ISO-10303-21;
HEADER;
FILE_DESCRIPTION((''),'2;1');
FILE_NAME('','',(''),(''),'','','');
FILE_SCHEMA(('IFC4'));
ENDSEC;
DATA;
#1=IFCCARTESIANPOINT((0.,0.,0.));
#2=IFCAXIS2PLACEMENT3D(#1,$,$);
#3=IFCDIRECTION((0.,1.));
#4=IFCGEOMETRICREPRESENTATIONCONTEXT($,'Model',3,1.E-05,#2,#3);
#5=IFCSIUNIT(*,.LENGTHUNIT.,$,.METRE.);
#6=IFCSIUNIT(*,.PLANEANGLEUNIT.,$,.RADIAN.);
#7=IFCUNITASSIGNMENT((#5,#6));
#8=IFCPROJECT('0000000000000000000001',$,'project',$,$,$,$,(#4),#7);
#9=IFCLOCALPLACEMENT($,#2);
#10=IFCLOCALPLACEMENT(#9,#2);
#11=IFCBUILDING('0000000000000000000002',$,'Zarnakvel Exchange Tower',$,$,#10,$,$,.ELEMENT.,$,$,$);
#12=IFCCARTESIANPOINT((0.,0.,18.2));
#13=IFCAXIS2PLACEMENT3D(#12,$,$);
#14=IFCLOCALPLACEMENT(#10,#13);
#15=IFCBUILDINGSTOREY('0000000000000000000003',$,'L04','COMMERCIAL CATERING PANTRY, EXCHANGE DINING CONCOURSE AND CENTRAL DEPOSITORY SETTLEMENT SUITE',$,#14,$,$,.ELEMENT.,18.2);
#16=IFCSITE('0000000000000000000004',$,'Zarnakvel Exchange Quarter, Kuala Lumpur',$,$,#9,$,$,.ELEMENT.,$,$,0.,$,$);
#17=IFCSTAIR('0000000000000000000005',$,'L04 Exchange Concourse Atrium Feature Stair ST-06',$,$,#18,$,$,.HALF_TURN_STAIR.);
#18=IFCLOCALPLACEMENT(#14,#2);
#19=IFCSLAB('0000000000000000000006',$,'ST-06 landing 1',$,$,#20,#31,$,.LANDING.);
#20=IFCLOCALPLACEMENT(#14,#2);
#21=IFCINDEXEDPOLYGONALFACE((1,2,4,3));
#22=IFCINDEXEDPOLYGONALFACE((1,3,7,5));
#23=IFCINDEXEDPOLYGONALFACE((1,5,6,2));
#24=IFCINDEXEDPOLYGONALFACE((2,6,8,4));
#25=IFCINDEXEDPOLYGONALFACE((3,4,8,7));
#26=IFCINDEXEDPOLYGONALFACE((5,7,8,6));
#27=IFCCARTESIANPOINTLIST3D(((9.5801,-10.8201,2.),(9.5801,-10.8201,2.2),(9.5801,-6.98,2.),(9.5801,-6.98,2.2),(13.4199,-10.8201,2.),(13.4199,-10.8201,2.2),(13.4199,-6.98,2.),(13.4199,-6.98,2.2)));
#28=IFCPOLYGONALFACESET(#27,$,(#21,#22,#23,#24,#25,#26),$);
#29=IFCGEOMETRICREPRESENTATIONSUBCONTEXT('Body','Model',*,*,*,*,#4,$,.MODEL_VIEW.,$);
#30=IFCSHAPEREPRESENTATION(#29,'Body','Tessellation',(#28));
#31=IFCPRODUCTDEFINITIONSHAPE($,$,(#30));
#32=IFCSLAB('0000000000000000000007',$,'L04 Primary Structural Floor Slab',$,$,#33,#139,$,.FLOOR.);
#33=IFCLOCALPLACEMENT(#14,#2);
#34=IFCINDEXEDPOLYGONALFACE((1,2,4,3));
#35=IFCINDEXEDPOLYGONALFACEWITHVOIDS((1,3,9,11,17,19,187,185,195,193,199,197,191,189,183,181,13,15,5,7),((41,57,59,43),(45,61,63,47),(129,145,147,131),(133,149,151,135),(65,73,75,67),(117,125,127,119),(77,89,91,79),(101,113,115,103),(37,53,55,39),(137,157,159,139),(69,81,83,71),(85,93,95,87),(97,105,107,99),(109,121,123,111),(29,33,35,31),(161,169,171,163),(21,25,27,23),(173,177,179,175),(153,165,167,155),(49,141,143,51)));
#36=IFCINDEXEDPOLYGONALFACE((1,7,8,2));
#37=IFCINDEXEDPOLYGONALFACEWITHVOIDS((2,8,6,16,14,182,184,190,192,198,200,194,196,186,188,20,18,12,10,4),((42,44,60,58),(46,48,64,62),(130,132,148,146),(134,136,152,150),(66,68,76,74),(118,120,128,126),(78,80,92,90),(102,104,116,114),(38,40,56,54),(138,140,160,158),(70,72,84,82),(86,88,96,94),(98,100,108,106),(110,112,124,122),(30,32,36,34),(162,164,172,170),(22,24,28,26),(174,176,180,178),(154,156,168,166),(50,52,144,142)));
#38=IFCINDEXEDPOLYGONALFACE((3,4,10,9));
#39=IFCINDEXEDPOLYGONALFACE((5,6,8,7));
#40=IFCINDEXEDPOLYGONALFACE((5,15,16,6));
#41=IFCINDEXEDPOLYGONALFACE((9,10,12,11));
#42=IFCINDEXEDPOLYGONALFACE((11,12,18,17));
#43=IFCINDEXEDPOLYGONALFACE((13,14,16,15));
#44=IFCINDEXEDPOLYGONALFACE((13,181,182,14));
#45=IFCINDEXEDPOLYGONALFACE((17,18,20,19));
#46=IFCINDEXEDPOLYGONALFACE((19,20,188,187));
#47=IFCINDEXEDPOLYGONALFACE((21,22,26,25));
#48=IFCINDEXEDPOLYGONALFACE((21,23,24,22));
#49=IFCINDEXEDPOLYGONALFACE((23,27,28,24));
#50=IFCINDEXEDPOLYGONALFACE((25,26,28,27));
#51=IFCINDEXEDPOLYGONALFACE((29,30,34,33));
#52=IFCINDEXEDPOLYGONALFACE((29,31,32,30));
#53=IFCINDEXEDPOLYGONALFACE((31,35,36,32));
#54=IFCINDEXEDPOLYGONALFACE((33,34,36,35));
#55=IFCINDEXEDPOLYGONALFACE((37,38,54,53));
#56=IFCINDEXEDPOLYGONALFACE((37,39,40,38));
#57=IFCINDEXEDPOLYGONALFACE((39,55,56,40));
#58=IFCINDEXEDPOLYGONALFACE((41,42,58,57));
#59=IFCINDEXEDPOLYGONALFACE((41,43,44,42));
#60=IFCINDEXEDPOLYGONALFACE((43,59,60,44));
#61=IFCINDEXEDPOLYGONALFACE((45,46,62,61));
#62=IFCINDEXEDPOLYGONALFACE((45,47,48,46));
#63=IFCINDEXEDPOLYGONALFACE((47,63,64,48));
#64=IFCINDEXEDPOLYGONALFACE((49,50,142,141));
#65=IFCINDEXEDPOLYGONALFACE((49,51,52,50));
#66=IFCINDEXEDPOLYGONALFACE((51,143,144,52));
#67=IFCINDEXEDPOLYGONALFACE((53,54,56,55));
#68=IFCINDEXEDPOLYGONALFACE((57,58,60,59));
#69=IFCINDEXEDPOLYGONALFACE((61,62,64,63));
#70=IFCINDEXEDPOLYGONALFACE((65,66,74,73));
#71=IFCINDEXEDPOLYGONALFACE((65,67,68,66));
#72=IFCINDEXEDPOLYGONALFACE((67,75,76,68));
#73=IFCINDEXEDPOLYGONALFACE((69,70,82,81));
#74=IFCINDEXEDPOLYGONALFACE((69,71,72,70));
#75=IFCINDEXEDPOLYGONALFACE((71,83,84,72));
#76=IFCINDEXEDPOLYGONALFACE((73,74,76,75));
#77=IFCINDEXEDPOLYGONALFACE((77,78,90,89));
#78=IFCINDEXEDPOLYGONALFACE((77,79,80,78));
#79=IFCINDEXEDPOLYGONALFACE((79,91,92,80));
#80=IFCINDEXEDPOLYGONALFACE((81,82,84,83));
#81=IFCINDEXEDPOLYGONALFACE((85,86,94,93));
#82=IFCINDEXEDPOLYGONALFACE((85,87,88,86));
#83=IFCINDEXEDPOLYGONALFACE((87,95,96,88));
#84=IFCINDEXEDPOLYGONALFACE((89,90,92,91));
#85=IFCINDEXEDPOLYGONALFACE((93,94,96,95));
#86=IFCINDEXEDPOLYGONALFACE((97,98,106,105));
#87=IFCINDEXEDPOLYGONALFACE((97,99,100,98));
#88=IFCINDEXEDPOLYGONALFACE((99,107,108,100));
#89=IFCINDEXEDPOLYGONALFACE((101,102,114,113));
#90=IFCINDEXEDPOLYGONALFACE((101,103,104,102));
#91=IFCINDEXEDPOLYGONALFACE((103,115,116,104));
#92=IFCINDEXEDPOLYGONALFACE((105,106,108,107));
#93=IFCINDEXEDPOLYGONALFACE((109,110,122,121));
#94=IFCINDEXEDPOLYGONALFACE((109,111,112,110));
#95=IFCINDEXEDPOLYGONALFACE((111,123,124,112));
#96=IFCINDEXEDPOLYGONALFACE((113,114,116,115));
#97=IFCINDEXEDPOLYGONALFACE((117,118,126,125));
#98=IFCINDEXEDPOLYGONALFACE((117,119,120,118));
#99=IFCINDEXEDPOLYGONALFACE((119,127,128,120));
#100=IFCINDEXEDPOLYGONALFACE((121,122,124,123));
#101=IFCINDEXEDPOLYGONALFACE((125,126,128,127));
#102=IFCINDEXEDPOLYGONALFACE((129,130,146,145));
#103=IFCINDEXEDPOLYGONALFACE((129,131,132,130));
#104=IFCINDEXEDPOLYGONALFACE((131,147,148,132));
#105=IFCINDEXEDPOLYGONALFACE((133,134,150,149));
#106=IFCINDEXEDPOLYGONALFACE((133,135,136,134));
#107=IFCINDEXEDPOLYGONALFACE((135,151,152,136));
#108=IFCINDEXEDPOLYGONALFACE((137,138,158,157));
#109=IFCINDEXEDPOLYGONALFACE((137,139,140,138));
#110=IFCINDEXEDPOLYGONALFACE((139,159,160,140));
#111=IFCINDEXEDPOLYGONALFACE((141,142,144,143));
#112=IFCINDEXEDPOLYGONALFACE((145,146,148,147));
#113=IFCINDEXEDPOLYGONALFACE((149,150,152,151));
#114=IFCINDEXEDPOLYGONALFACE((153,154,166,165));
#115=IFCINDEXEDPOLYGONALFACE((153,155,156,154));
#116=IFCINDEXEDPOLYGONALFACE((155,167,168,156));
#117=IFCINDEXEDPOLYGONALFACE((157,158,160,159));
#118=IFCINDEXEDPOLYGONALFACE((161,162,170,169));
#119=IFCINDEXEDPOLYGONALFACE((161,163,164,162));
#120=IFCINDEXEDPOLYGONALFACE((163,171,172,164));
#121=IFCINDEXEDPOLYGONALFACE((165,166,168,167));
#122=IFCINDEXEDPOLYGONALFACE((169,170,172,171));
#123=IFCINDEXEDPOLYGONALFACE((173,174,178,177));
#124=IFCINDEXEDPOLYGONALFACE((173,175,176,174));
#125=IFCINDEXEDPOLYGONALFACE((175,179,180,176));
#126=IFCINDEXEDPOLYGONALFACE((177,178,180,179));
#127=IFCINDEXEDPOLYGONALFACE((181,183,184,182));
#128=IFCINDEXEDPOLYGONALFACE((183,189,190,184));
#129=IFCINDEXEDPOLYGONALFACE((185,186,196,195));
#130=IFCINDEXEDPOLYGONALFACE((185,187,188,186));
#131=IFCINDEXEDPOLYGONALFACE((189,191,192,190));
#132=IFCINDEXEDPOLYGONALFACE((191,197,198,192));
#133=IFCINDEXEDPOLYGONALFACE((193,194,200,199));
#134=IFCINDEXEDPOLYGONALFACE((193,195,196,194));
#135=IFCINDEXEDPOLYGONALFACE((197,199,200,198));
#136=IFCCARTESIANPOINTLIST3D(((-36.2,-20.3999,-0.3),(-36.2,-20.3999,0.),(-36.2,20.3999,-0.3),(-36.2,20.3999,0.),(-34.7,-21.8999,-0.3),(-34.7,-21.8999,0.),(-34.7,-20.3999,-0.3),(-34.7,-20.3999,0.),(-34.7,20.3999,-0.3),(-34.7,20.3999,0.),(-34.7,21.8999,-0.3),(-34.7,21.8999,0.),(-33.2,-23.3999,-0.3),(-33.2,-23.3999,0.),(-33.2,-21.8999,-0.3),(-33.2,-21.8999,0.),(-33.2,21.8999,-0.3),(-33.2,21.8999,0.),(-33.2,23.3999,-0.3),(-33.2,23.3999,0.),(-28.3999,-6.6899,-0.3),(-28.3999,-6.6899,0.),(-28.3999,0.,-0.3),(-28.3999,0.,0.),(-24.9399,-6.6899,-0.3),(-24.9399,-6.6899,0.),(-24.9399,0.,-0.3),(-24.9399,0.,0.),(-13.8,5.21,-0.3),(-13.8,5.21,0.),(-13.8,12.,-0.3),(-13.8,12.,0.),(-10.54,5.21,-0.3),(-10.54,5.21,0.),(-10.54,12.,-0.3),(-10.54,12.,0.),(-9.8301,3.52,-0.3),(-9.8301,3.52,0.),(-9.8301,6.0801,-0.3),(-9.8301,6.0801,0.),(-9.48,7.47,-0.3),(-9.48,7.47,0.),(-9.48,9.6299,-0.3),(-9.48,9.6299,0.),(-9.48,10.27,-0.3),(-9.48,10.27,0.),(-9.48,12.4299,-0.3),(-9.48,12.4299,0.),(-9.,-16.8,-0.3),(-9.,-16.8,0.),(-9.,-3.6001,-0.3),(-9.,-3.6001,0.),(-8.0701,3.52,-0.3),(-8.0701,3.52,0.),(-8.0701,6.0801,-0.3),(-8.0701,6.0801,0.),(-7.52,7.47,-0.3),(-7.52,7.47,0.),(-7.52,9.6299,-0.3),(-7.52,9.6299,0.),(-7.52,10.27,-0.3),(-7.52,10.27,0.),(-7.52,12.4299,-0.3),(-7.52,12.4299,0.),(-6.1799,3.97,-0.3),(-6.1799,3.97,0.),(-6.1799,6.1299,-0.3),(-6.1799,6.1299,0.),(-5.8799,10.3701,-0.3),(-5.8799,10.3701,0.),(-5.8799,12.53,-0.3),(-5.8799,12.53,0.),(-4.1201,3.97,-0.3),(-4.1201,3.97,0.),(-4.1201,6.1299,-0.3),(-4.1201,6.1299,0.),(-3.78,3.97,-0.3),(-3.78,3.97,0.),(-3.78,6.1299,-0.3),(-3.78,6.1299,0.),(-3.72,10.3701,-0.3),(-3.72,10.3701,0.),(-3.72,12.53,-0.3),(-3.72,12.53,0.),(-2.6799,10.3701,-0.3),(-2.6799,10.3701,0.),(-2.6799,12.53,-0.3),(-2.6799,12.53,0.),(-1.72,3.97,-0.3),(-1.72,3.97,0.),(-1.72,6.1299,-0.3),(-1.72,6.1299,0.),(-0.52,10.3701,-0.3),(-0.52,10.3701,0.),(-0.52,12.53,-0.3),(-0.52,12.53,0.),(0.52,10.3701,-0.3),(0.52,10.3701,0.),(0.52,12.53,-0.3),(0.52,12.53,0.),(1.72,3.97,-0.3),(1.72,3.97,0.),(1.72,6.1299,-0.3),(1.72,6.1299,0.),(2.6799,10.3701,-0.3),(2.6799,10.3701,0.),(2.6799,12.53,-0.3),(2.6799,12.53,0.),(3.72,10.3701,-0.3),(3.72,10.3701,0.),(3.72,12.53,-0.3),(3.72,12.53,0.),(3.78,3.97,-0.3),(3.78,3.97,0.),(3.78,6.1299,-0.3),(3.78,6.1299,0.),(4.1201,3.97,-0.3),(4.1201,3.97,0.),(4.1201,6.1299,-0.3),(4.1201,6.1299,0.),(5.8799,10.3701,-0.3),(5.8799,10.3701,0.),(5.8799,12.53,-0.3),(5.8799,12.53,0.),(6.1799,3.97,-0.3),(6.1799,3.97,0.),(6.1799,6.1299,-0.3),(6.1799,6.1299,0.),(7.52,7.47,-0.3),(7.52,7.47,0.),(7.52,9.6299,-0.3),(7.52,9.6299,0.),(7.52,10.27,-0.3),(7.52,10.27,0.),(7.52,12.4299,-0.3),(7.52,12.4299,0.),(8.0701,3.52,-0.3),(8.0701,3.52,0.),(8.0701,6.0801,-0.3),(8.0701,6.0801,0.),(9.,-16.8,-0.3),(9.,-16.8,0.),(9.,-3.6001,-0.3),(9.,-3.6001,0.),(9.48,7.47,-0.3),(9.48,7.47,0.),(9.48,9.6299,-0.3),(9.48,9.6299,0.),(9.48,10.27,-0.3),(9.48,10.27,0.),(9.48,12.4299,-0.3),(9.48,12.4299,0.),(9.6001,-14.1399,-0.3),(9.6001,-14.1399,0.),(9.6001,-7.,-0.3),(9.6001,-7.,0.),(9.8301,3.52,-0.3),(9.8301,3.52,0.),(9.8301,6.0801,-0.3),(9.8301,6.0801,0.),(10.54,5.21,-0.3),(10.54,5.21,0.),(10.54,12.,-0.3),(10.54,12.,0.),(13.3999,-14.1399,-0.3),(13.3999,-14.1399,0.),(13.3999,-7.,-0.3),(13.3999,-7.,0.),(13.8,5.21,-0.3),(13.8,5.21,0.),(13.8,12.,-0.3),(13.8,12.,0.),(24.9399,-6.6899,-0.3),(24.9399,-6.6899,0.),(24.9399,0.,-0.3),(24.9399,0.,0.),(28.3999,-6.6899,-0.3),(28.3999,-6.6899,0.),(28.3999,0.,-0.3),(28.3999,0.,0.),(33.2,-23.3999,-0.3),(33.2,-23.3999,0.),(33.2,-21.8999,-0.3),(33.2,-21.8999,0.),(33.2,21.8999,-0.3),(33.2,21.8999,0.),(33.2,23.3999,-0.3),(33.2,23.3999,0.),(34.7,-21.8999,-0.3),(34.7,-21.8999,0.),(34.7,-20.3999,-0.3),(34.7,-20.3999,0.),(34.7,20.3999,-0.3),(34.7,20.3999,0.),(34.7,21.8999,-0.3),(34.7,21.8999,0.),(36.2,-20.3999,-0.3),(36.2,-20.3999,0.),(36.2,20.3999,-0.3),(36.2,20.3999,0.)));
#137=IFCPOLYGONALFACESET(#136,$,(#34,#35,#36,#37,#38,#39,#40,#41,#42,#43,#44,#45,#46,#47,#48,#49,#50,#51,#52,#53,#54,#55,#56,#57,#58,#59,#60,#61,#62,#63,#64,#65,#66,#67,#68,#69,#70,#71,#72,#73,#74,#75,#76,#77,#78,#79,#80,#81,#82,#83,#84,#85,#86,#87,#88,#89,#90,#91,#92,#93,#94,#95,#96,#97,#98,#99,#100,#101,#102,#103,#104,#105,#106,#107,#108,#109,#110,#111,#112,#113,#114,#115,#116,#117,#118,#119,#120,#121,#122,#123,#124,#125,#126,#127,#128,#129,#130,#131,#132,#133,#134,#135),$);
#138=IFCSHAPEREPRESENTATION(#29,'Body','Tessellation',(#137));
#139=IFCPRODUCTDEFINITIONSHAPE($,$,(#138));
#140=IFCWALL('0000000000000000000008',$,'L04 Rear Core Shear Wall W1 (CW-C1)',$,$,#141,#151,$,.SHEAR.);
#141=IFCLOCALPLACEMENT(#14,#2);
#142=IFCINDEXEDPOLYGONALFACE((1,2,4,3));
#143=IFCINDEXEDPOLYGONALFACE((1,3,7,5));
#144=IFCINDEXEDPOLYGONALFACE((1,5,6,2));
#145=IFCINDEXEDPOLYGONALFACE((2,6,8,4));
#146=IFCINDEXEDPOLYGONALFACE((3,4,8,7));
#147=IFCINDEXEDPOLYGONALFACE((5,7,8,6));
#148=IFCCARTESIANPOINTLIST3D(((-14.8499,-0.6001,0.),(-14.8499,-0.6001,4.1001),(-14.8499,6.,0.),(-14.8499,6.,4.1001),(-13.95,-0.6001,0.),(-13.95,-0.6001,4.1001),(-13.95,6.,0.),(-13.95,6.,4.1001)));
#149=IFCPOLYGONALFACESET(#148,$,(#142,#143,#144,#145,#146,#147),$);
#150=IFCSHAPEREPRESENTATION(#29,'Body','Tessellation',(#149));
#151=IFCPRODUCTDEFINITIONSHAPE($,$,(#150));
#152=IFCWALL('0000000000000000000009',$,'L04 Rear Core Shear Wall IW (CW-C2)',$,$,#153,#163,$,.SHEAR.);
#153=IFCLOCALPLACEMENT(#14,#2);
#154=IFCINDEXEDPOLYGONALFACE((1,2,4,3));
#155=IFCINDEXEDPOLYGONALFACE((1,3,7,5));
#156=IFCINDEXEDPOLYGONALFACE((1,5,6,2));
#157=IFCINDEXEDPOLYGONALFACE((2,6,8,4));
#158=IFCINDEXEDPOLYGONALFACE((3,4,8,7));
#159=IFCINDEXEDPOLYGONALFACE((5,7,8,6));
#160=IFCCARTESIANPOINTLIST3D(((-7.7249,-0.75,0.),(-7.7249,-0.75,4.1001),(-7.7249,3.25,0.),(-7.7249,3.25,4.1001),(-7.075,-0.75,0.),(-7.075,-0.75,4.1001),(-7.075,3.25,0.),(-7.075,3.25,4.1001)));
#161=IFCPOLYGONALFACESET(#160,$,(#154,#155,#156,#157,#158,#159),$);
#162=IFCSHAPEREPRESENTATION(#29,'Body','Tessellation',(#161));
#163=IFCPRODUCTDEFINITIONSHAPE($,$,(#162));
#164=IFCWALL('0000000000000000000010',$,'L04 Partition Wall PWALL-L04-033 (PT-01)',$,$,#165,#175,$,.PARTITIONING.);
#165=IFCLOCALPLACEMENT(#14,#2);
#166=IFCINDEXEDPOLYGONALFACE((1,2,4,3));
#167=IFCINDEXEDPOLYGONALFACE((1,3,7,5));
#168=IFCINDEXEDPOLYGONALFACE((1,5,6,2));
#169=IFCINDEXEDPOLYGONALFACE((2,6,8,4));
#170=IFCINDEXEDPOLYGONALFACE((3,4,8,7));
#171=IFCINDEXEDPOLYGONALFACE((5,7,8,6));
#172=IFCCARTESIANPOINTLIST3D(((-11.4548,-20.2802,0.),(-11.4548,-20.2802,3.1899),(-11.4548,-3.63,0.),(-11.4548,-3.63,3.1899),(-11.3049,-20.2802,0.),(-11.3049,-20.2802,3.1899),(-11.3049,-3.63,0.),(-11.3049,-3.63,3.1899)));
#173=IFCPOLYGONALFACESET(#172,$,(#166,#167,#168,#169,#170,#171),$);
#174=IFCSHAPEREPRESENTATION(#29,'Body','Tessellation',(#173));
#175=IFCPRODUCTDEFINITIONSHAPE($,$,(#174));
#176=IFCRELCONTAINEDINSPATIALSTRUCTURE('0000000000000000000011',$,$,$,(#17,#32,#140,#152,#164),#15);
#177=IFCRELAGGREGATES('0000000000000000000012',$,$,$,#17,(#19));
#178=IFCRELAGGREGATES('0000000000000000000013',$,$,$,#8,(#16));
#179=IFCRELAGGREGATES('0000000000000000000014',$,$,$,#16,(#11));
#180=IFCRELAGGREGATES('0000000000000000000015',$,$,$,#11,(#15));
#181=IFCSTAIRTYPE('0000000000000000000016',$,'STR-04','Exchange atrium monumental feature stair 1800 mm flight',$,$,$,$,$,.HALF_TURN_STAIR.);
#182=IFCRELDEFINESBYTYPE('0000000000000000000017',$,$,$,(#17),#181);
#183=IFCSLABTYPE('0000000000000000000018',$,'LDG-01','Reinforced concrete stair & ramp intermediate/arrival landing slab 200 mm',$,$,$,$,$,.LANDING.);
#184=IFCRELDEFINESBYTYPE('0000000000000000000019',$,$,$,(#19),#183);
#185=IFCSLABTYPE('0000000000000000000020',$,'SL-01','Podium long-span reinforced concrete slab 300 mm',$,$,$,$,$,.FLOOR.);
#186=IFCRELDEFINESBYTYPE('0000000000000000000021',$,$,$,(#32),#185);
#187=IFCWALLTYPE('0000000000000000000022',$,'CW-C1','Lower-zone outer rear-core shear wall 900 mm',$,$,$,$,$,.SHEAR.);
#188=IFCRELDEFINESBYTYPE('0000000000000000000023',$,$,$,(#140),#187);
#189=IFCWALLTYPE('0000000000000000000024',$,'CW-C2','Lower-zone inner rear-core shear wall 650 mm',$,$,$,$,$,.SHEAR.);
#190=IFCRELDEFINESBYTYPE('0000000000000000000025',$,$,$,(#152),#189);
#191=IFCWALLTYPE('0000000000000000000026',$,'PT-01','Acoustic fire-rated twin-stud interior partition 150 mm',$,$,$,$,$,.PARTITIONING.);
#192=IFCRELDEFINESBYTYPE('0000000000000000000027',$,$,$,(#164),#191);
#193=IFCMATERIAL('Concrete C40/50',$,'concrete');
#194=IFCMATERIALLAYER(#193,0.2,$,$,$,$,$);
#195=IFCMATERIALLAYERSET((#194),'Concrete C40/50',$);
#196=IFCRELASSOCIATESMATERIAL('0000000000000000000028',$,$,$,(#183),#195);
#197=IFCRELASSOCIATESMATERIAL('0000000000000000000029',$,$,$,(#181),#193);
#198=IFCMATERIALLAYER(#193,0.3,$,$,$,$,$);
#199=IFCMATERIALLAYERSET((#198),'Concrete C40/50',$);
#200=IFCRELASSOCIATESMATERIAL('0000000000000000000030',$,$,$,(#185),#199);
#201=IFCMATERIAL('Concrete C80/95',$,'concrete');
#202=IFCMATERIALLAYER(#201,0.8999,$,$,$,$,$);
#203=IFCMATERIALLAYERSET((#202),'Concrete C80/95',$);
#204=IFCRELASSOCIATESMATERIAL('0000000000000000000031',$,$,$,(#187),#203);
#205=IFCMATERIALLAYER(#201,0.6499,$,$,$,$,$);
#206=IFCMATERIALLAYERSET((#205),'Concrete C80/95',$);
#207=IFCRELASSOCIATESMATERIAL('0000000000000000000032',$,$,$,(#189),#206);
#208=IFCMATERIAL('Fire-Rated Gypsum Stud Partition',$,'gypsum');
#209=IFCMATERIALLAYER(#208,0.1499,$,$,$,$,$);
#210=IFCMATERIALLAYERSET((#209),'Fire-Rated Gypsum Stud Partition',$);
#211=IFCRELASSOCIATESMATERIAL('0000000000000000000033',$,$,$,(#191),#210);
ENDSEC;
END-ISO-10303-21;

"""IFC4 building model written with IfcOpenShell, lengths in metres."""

from ifc_helpers import new_model, si_unit, direction, frame, frame_2d, origin, place, context, subcontext, project, spatial, polyline, rectangle, outline, extrude, material, layer, layer_set, type_object, element, aggregate, save


model = new_model("IFC4")

# Units and contexts
model_context = context("Model", 3, precision=1e-05, world=origin(), true_north=direction((0.0, 1.0)))
body_context = subcontext(model_context, "Body", "Model", "MODEL_VIEW")
ifc_project = project(units=[si_unit("LENGTHUNIT", "METRE"), si_unit("PLANEANGLEUNIT", "RADIAN")], contexts=[model_context])

# Site, building, storey
site_placement = place(None, origin())
site = spatial("IfcSite", under=ifc_project, at=site_placement, Name="Zarnakvel Exchange Quarter, Kuala Lumpur", CompositionType="ELEMENT", RefElevation=0.0)
building_placement = place(site_placement, origin())
building = spatial("IfcBuilding", under=site, at=building_placement, Name="Zarnakvel Exchange Tower", CompositionType="ELEMENT")
storey_placement = place(building_placement, frame((0.0, 0.0, 18.2)))
storey = spatial("IfcBuildingStorey", under=building, at=storey_placement, Name="L04", Description="COMMERCIAL CATERING PANTRY, EXCHANGE DINING CONCOURSE AND CENTRAL DEPOSITORY SETTLEMENT SUITE", CompositionType="ELEMENT", Elevation=18.2)

# Shared definitions
ifc_material_1 = material(Name="Concrete C80/95", Category="concrete")

# Stair, slab
ifc_material_2 = material(Name="Concrete C40/50", Category="concrete")
ifc_layer_1 = layer(ifc_material_2, 0.2)
ifc_layer_set_1 = layer_set([ifc_layer_1], Name="Concrete C40/50")
slab_type_1 = type_object("IfcSlabType", Name="LDG-01", Description="Reinforced concrete stair & ramp intermediate/arrival landing slab 200 mm", PredefinedType="LANDING", material=ifc_layer_set_1)
stair_type_1 = type_object("IfcStairType", Name="STR-04", Description="Exchange atrium monumental feature stair 1800 mm flight", PredefinedType="HALF_TURN_STAIR", material=ifc_material_2)
stair_1_placement = place(storey_placement, origin())
stair_1 = element("IfcStair", 1, at=stair_1_placement, inside=storey, type_object=stair_type_1, Name="L04 Exchange Concourse Atrium Feature Stair ST-06", PredefinedType="HALF_TURN_STAIR")
slab_1_placement = place(storey_placement, frame((0.0, 0.0, 2.0)))
slab_1 = element("IfcSlab", 2, at=slab_1_placement, type_object=slab_type_1, Name="ST-06 landing 1", PredefinedType="LANDING", context=body_context, shape_type="SweptSolid", body=[
    extrude(outline(polyline([(9.5801, -10.8201), (13.4199, -10.8201), (13.4199, -6.98), (9.5801, -6.98), (9.5801, -10.8201)])), origin(), (0.0, 0.0, 1.0), 0.2),
])
aggregate(stair_1, [slab_1])

# Slab
ifc_layer_2 = layer(ifc_material_2, 0.3)
ifc_layer_set_2 = layer_set([ifc_layer_2], Name="Concrete C40/50")
slab_type_2 = type_object("IfcSlabType", Name="SL-01", Description="Podium long-span reinforced concrete slab 300 mm", PredefinedType="FLOOR", material=ifc_layer_set_2)
slab_2_placement = place(storey_placement, frame((0.0, 0.0, -0.3)))
element("IfcSlab", 3, at=slab_2_placement, inside=storey, type_object=slab_type_2, Name="L04 Primary Structural Floor Slab", PredefinedType="FLOOR", context=body_context, shape_type="SweptSolid", body=[
    extrude(outline(polyline([(-36.2, -20.3999), (-34.7, -20.3999), (-34.7, -21.8999), (-33.2, -21.8999), (-33.2, -23.3999), (33.2, -23.3999), (33.2, -21.8999), (34.7, -21.8999), (34.7, -20.3999), (36.2, -20.3999), (36.2, 20.3999), (34.7, 20.3999), (34.7, 21.8999), (33.2, 21.8999), (33.2, 23.3999), (-33.2, 23.3999), (-33.2, 21.8999), (-34.7, 21.8999), (-34.7, 20.3999), (-36.2, 20.3999), (-36.2, -20.3999)]), holes=[polyline([(-9.0, -16.8), (9.0, -16.8), (9.0, -3.6001), (-9.0, -3.6001), (-9.0, -16.8)]), polyline([(-13.8, 5.21), (-10.54, 5.21), (-10.54, 12.0), (-13.8, 12.0), (-13.8, 5.21)]), polyline([(10.54, 5.21), (13.8, 5.21), (13.8, 12.0), (10.54, 12.0), (10.54, 5.21)]), polyline([(-28.3999, -6.6899), (-24.9399, -6.6899), (-24.9399, 0.0), (-28.3999, 0.0), (-28.3999, -6.6899)]), polyline([(24.9399, -6.6899), (28.3999, -6.6899), (28.3999, 0.0), (24.9399, 0.0), (24.9399, -6.6899)]), polyline([(9.6001, -14.1399), (13.3999, -14.1399), (13.3999, -7.0), (9.6001, -7.0), (9.6001, -14.1399)]), polyline([(-9.8301, 3.52), (-8.0701, 3.52), (-8.0701, 6.0801), (-9.8301, 6.0801), (-9.8301, 3.52)]), polyline([(8.0701, 3.52), (9.8301, 3.52), (9.8301, 6.0801), (8.0701, 6.0801), (8.0701, 3.52)]), polyline([(-5.8799, 10.3701), (-3.72, 10.3701), (-3.72, 12.53), (-5.8799, 12.53), (-5.8799, 10.3701)]), polyline([(-2.6799, 10.3701), (-0.52, 10.3701), (-0.52, 12.53), (-2.6799, 12.53), (-2.6799, 10.3701)]), polyline([(0.52, 10.3701), (2.6799, 10.3701), (2.6799, 12.53), (0.52, 12.53), (0.52, 10.3701)]), polyline([(3.72, 10.3701), (5.8799, 10.3701), (5.8799, 12.53), (3.72, 12.53), (3.72, 10.3701)]), polyline([(-6.1799, 3.97), (-4.1201, 3.97), (-4.1201, 6.1299), (-6.1799, 6.1299), (-6.1799, 3.97)]), polyline([(-3.78, 3.97), (-1.72, 3.97), (-1.72, 6.1299), (-3.78, 6.1299), (-3.78, 3.97)]), polyline([(1.72, 3.97), (3.78, 3.97), (3.78, 6.1299), (1.72, 6.1299), (1.72, 3.97)]), polyline([(4.1201, 3.97), (6.1799, 3.97), (6.1799, 6.1299), (4.1201, 6.1299), (4.1201, 3.97)]), polyline([(-9.48, 7.47), (-7.52, 7.47), (-7.52, 9.6299), (-9.48, 9.6299), (-9.48, 7.47)]), polyline([(-9.48, 10.27), (-7.52, 10.27), (-7.52, 12.4299), (-9.48, 12.4299), (-9.48, 10.27)]), polyline([(7.52, 7.47), (9.48, 7.47), (9.48, 9.6299), (7.52, 9.6299), (7.52, 7.47)]), polyline([(7.52, 10.27), (9.48, 10.27), (9.48, 12.4299), (7.52, 12.4299), (7.52, 10.27)])]), origin(), (0.0, 0.0, 1.0), 0.3),
])

# Wall
ifc_layer_3 = layer(ifc_material_1, 0.8999)
ifc_layer_set_3 = layer_set([ifc_layer_3], Name="Concrete C80/95")
wall_type_1 = type_object("IfcWallType", Name="CW-C1", Description="Lower-zone outer rear-core shear wall 900 mm", PredefinedType="SHEAR", material=ifc_layer_set_3)
wall_1_placement = place(storey_placement, frame((-14.3999, -0.6001, 0.0), z_axis=(0.0, 0.0, 1.0), x_axis=(0.0, 1.0, 0.0)))
element("IfcWall", 4, at=wall_1_placement, inside=storey, type_object=wall_type_1, Name="L04 Rear Core Shear Wall W1 (CW-C1)", PredefinedType="SHEAR", context=body_context, shape_type="SweptSolid", body=[
    extrude(rectangle(XDim=6.6001, YDim=0.8999, at=frame_2d((3.3, 0.0))), origin(), (0.0, 0.0, 1.0), 4.1001),
])

# Walls
ifc_layer_4 = layer(ifc_material_1, 0.6499)
ifc_layer_set_4 = layer_set([ifc_layer_4], Name="Concrete C80/95")
wall_type_2 = type_object("IfcWallType", Name="CW-C2", Description="Lower-zone inner rear-core shear wall 650 mm", PredefinedType="SHEAR", material=ifc_layer_set_4)
wall_2_placement = place(storey_placement, frame((-7.3999, -0.75, 0.0), z_axis=(0.0, 0.0, 1.0), x_axis=(0.0, 1.0, 0.0)))
element("IfcWall", 5, at=wall_2_placement, inside=storey, type_object=wall_type_2, Name="L04 Rear Core Shear Wall IW (CW-C2)", PredefinedType="SHEAR", context=body_context, shape_type="SweptSolid", body=[
    extrude(rectangle(XDim=4.0, YDim=0.6499, at=frame_2d((2.0, 0.0))), origin(), (0.0, 0.0, 1.0), 4.1001),
])
ifc_material_3 = material(Name="Fire-Rated Gypsum Stud Partition", Category="gypsum")
ifc_layer_5 = layer(ifc_material_3, 0.1499)
ifc_layer_set_5 = layer_set([ifc_layer_5], Name="Fire-Rated Gypsum Stud Partition")
wall_type_3 = type_object("IfcWallType", Name="PT-01", Description="Acoustic fire-rated twin-stud interior partition 150 mm", PredefinedType="PARTITIONING", material=ifc_layer_set_5)
wall_3_placement = place(storey_placement, frame((-11.3799, -3.6299, 0.0), z_axis=(0.0, 0.0, 1.0), x_axis=(0.0, -1.0, 0.0)))
element("IfcWall", 6, at=wall_3_placement, inside=storey, type_object=wall_type_3, Name="L04 Partition Wall PWALL-L04-033 (PT-01)", PredefinedType="PARTITIONING", context=body_context, shape_type="SweptSolid", body=[
    extrude(rectangle(XDim=16.6501, YDim=0.1499, at=frame_2d((8.3252, 0.0))), origin(), (0.0, 0.0, 1.0), 3.1899),
])

save(model, "model.ifc")
